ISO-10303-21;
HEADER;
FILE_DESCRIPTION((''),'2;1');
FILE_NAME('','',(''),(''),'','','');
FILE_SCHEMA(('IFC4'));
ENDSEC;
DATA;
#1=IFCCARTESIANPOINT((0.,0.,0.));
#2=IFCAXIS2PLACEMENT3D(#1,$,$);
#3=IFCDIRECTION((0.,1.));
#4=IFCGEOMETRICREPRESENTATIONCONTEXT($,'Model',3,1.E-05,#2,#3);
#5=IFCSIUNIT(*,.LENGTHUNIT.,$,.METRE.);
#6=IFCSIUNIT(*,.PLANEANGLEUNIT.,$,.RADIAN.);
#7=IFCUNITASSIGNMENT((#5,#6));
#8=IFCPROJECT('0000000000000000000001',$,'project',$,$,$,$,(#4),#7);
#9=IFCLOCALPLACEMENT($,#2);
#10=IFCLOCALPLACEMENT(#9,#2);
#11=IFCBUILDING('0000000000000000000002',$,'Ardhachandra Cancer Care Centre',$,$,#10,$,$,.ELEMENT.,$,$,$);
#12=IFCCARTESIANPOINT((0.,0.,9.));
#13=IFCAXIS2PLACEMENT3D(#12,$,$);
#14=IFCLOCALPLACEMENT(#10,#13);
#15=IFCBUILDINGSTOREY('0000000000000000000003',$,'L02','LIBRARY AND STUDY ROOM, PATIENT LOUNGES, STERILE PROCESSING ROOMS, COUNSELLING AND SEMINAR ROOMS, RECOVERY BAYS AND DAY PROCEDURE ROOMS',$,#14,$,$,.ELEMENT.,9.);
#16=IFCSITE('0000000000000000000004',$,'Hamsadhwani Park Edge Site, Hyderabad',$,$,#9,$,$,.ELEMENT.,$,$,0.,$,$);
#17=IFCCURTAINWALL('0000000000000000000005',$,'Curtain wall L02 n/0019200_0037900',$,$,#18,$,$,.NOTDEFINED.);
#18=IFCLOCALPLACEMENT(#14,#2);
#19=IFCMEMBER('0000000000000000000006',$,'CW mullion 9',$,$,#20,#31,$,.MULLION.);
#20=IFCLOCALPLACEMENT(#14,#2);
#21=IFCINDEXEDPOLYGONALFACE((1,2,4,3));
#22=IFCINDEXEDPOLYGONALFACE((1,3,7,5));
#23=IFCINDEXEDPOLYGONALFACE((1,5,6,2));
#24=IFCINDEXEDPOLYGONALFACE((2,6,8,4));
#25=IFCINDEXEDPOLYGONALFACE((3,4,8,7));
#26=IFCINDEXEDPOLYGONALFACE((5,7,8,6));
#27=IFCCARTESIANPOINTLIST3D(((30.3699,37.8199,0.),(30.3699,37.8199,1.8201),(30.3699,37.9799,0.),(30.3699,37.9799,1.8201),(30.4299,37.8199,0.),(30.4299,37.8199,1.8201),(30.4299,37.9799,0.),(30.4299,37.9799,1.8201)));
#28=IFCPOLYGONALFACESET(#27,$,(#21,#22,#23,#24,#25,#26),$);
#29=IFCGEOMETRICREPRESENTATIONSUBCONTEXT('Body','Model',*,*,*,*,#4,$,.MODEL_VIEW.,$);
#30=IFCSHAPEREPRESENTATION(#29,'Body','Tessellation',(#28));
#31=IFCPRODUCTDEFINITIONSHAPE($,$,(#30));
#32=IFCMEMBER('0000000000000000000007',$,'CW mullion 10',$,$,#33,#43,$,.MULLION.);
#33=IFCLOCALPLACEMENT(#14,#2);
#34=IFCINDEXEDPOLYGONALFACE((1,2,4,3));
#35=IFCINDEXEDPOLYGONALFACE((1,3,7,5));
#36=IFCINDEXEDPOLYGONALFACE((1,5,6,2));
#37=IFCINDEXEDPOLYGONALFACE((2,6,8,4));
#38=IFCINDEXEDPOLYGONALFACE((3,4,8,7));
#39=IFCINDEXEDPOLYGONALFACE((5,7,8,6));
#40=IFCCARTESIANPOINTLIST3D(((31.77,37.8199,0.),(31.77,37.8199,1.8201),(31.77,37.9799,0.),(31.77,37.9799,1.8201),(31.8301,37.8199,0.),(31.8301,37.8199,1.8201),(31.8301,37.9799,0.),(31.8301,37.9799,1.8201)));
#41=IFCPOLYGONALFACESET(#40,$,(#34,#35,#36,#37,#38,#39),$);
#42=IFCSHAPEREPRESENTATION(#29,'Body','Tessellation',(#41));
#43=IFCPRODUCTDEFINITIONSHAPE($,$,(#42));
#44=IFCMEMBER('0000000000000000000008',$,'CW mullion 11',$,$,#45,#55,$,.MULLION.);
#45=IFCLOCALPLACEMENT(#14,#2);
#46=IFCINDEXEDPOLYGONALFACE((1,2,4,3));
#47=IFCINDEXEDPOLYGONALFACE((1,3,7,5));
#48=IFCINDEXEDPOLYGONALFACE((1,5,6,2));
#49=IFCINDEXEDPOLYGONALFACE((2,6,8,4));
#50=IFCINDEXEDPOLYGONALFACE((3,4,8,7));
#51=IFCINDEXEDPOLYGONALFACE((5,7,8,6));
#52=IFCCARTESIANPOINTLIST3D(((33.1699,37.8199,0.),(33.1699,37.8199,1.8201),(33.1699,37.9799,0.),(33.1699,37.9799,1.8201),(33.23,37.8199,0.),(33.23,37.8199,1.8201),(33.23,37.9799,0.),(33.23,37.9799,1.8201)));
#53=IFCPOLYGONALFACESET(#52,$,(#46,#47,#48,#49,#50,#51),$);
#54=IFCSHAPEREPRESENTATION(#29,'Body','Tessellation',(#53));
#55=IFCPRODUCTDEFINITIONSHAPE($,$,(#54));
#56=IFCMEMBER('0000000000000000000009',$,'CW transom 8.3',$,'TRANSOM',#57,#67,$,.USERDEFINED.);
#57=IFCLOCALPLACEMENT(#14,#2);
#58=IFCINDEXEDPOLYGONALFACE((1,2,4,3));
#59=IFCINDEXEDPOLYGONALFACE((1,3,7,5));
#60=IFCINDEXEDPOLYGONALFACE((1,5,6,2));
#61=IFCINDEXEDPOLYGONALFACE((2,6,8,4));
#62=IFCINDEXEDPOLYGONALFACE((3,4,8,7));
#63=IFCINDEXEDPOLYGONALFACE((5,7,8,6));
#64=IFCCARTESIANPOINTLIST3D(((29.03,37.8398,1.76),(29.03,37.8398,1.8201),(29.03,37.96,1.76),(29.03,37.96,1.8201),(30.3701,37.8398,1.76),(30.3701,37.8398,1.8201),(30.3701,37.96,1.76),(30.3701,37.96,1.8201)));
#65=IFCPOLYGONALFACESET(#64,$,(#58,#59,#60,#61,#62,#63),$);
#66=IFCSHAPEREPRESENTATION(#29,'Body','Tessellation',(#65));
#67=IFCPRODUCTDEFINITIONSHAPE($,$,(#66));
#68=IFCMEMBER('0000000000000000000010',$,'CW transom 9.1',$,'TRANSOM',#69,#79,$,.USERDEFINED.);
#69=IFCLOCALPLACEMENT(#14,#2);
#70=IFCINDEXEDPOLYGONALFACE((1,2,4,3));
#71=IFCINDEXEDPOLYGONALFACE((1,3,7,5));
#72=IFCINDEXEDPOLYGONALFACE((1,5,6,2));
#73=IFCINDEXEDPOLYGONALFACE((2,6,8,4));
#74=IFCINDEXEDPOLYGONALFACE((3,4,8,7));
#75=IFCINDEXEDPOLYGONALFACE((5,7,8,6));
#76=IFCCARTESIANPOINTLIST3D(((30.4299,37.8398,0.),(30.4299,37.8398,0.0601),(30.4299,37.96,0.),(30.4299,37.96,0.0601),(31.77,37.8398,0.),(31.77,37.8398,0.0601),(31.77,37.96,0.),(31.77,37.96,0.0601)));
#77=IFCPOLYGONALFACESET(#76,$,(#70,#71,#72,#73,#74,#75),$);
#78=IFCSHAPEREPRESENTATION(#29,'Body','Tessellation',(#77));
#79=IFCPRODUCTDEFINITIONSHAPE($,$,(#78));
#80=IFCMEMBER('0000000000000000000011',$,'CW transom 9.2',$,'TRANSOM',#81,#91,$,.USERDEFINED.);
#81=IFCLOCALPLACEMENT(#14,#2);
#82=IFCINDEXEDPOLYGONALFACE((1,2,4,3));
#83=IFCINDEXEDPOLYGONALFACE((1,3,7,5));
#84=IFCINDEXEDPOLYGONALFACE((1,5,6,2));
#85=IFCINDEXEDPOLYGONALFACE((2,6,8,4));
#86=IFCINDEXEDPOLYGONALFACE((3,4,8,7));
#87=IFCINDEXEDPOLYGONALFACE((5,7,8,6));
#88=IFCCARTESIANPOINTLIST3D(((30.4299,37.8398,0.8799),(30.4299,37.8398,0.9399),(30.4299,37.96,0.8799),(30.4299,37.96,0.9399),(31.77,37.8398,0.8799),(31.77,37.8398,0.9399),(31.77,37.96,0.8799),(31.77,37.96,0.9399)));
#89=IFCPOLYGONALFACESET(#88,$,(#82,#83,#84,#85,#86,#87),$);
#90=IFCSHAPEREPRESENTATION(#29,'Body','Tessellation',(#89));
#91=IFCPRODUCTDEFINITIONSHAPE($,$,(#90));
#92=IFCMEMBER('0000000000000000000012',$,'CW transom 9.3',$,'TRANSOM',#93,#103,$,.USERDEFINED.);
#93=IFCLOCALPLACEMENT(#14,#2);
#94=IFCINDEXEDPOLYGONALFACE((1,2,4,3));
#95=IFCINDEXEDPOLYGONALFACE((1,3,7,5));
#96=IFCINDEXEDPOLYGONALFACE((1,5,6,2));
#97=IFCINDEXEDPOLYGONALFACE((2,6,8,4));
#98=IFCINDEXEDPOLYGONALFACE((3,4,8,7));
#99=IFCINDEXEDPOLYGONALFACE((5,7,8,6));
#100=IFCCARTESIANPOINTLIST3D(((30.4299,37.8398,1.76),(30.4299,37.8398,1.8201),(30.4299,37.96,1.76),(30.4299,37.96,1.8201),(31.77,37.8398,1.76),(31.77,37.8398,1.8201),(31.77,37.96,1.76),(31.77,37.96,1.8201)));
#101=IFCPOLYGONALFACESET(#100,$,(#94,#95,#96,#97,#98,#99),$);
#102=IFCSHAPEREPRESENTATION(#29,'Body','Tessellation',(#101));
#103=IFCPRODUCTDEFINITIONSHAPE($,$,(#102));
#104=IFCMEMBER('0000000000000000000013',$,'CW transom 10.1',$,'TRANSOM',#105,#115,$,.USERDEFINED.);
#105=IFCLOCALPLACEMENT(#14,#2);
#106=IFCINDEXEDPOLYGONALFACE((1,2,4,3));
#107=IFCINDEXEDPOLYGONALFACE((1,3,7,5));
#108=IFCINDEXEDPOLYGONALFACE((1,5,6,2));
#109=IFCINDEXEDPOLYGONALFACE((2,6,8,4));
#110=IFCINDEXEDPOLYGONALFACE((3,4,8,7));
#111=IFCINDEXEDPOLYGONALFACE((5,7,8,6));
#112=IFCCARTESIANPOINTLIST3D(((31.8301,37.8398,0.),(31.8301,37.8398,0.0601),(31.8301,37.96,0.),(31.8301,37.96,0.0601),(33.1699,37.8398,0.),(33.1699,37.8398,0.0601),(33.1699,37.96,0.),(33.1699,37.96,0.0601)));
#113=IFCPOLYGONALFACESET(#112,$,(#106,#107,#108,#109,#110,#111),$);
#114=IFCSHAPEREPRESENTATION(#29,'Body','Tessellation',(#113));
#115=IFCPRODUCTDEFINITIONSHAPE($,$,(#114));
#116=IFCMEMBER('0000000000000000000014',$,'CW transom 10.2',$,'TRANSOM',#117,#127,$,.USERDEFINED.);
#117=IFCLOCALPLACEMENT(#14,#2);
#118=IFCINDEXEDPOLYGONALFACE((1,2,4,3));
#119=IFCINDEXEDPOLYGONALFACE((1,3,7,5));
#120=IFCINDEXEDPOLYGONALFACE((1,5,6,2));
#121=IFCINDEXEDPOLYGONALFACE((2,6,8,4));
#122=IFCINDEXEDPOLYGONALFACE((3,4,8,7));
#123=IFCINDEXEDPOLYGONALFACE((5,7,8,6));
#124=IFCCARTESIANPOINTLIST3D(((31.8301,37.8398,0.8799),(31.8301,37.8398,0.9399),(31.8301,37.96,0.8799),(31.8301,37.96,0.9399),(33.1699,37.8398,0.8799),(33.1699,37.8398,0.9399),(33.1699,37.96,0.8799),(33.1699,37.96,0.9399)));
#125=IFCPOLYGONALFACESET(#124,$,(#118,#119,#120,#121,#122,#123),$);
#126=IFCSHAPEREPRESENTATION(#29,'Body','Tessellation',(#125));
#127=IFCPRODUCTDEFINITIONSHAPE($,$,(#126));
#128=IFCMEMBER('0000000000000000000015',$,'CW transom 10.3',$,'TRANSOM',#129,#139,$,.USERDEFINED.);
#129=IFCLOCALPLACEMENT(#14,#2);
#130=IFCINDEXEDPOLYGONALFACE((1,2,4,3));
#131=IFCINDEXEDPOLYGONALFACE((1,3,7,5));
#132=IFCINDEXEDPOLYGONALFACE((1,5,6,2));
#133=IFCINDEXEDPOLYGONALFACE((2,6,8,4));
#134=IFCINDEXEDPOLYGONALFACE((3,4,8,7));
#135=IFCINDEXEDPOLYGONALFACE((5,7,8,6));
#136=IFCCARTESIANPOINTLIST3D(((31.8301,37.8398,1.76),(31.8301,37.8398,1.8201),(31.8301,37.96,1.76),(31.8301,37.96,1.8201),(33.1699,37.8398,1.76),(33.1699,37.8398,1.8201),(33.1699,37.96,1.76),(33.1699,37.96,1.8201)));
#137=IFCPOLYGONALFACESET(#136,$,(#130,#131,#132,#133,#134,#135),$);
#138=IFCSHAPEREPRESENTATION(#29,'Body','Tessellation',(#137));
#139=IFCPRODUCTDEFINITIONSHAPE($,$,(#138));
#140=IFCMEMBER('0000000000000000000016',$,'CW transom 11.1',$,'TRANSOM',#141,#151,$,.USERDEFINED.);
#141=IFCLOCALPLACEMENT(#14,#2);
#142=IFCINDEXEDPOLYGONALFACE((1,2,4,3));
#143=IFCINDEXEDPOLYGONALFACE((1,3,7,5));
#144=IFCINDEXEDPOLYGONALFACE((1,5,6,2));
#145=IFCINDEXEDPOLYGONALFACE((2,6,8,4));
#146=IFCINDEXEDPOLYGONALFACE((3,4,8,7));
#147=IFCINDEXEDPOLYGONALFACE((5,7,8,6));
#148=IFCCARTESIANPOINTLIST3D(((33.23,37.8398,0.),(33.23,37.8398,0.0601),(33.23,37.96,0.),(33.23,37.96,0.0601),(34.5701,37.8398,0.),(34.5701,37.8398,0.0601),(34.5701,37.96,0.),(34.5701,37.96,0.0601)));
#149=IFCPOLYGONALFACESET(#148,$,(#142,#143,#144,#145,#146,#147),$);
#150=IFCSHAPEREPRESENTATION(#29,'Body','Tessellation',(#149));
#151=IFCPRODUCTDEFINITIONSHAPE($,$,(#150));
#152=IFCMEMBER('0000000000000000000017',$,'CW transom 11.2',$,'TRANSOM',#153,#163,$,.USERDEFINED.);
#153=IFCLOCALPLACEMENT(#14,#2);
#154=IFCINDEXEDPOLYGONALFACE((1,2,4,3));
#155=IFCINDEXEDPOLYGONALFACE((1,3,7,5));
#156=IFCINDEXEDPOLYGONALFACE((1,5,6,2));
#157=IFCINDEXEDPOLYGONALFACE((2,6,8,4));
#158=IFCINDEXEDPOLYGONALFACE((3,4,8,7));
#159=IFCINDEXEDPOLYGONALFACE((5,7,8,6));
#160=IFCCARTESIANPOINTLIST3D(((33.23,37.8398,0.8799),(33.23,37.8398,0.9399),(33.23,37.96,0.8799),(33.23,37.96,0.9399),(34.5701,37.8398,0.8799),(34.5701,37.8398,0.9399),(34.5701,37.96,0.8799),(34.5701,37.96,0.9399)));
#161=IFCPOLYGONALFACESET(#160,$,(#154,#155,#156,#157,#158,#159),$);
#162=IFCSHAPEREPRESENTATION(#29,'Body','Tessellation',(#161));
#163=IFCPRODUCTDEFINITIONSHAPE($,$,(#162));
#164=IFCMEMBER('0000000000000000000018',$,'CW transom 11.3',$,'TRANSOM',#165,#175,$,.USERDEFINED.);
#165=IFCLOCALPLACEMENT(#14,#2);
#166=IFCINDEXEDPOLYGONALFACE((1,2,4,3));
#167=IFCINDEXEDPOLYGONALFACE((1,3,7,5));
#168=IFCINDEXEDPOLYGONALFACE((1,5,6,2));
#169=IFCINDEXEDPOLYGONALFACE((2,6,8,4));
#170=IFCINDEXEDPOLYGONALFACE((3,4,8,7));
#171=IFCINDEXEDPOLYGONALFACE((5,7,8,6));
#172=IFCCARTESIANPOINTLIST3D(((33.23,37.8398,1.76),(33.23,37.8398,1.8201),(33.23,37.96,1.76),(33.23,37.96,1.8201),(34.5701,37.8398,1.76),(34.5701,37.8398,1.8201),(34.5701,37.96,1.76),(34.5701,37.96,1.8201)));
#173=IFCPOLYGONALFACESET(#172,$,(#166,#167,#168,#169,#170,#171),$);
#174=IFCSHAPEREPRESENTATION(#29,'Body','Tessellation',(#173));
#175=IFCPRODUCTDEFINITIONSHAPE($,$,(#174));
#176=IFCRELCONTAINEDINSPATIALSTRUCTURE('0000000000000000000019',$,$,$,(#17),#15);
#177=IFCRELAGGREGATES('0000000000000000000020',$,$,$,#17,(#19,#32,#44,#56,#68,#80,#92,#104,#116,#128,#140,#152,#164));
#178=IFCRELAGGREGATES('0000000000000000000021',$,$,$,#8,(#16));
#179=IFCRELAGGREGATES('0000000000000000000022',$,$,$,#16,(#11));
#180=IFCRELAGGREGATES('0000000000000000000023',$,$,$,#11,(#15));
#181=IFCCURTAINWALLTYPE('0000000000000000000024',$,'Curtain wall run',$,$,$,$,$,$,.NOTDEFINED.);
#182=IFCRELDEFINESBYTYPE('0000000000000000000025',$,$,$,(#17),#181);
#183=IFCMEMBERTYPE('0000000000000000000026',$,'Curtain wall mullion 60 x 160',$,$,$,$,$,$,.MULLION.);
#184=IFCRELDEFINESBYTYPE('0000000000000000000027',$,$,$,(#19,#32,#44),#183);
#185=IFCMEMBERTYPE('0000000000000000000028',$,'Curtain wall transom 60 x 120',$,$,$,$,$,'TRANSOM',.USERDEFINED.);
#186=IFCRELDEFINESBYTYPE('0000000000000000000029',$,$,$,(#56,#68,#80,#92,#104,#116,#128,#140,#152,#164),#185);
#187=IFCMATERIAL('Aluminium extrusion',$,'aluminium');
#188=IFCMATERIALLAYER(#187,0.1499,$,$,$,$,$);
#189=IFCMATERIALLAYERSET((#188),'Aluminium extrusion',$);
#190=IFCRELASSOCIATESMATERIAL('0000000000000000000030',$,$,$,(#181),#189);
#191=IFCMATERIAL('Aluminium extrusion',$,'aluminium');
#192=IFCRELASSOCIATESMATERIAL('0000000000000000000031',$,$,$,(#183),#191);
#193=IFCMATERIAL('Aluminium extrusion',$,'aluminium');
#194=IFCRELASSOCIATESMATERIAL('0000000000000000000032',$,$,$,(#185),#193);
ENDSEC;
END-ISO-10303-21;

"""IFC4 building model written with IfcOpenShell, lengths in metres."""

from ifc_helpers import new_model, si_unit, direction, frame, origin, origin_2d, place, context, subcontext, project, spatial, rectangle, extrude, material, layer, layer_set, material_profile, profile_set, type_object, element, aggregate, save


model = new_model("IFC4")

# Units and contexts
model_context = context("Model", 3, precision=1e-05, world=origin(), true_north=direction((0.0, 1.0)))
body_context = subcontext(model_context, "Body", "Model", "MODEL_VIEW")
ifc_project = project(units=[si_unit("LENGTHUNIT", "METRE"), si_unit("PLANEANGLEUNIT", "RADIAN")], contexts=[model_context])

# Site, building, storey
site_placement = place(None, origin())
site = spatial("IfcSite", under=ifc_project, at=site_placement, Name="Hamsadhwani Park Edge Site, Hyderabad", CompositionType="ELEMENT", RefElevation=0.0)
building_placement = place(site_placement, origin())
building = spatial("IfcBuilding", under=site, at=building_placement, Name="Ardhachandra Cancer Care Centre", CompositionType="ELEMENT")
storey_placement = place(building_placement, frame((0.0, 0.0, 9.0)))
storey = spatial("IfcBuildingStorey", under=building, at=storey_placement, Name="L02", Description="LIBRARY AND STUDY ROOM, PATIENT LOUNGES, STERILE PROCESSING ROOMS, COUNSELLING AND SEMINAR ROOMS, RECOVERY BAYS AND DAY PROCEDURE ROOMS", CompositionType="ELEMENT", Elevation=9.0)

# Curtain wall, members
ifc_material_1 = material(Name="Aluminium extrusion", Category="aluminium")
ifc_layer_1 = layer(ifc_material_1, 0.1499)
ifc_layer_set_1 = layer_set([ifc_layer_1], Name="Aluminium extrusion")
curtain_wall_type = type_object("IfcCurtainWallType", Name="Curtain wall run", PredefinedType="NOTDEFINED", material=ifc_layer_set_1)
curtain_wall_placement = place(storey_placement, origin())
curtain_wall = element("IfcCurtainWall", 1, at=curtain_wall_placement, inside=storey, type_object=curtain_wall_type, Name="Curtain wall L02 n/0019200_0037900", PredefinedType="NOTDEFINED")
ifc_material_2 = material(Name="Aluminium extrusion", Category="aluminium")
ifc_material_profile_1 = material_profile(ifc_material_2, rectangle(XDim=0.1599, YDim=0.0601, at=origin_2d()), Name="Curtain wall mullion 60 x 160")
ifc_profile_set_1 = profile_set([ifc_material_profile_1], Name="Aluminium extrusion")
member_type_1 = type_object("IfcMemberType", Name="Curtain wall mullion 60 x 160", PredefinedType="MULLION", material=ifc_profile_set_1)
member_1_placement = place(storey_placement, frame((30.3999, 37.8999, 0.0), z_axis=(0.0, 0.0, 1.0), x_axis=(0.0, 1.0, 0.0)))
member_1 = element("IfcMember", 2, at=member_1_placement, type_object=member_type_1, Name="CW mullion 9", PredefinedType="MULLION", context=body_context, shape_type="SweptSolid", body=[
    extrude(rectangle(XDim=0.1599, YDim=0.0601, at=origin_2d()), origin(), (0.0, 0.0, 1.0), 1.8201),
])
member_2_placement = place(storey_placement, frame((31.8, 37.8999, 0.0), z_axis=(0.0, 0.0, 1.0), x_axis=(0.0, 1.0, 0.0)))
member_2 = element("IfcMember", 3, at=member_2_placement, type_object=member_type_1, Name="CW mullion 10", PredefinedType="MULLION", context=body_context, shape_type="SweptSolid", body=[
    extrude(rectangle(XDim=0.1599, YDim=0.0601, at=origin_2d()), origin(), (0.0, 0.0, 1.0), 1.8201),
])
member_3_placement = place(storey_placement, frame((33.2, 37.8999, 0.0), z_axis=(0.0, 0.0, 1.0), x_axis=(0.0, 1.0, 0.0)))
member_3 = element("IfcMember", 4, at=member_3_placement, type_object=member_type_1, Name="CW mullion 11", PredefinedType="MULLION", context=body_context, shape_type="SweptSolid", body=[
    extrude(rectangle(XDim=0.1599, YDim=0.0601, at=origin_2d()), origin(), (0.0, 0.0, 1.0), 1.8201),
])
ifc_material_3 = material(Name="Aluminium extrusion", Category="aluminium")
ifc_material_profile_2 = material_profile(ifc_material_3, rectangle(XDim=0.1201, YDim=0.0601, at=origin_2d()), Name="Curtain wall transom 60 x 120")
ifc_profile_set_2 = profile_set([ifc_material_profile_2], Name="Aluminium extrusion")
member_type_2 = type_object("IfcMemberType", Name="Curtain wall transom 60 x 120", ElementType="TRANSOM", PredefinedType="USERDEFINED", material=ifc_profile_set_2)
member_4_placement = place(storey_placement, frame((29.03, 37.8999, 1.79), z_axis=(1.0, 0.0, 0.0), x_axis=(0.0, 1.0, 0.0)))
member_4 = element("IfcMember", 5, at=member_4_placement, type_object=member_type_2, Name="CW transom 8.3", ObjectType="TRANSOM", PredefinedType="USERDEFINED", context=body_context, shape_type="SweptSolid", body=[
    extrude(rectangle(XDim=0.1201, YDim=0.0601, at=origin_2d()), origin(), (0.0, 0.0, 1.0), 1.3401),
])
member_5_placement = place(storey_placement, frame((30.4299, 37.8999, 0.03), z_axis=(1.0, 0.0, 0.0), x_axis=(0.0, 1.0, 0.0)))
member_5 = element("IfcMember", 6, at=member_5_placement, type_object=member_type_2, Name="CW transom 9.1", ObjectType="TRANSOM", PredefinedType="USERDEFINED", context=body_context, shape_type="SweptSolid", body=[
    extrude(rectangle(XDim=0.1201, YDim=0.0601, at=origin_2d()), origin(), (0.0, 0.0, 1.0), 1.3401),
])
member_6_placement = place(storey_placement, frame((30.4299, 37.8999, 0.9099), z_axis=(1.0, 0.0, 0.0), x_axis=(0.0, 1.0, 0.0)))
member_6 = element("IfcMember", 7, at=member_6_placement, type_object=member_type_2, Name="CW transom 9.2", ObjectType="TRANSOM", PredefinedType="USERDEFINED", context=body_context, shape_type="SweptSolid", body=[
    extrude(rectangle(XDim=0.1201, YDim=0.0601, at=origin_2d()), origin(), (0.0, 0.0, 1.0), 1.3401),
])
member_7_placement = place(storey_placement, frame((30.4299, 37.8999, 1.79), z_axis=(1.0, 0.0, 0.0), x_axis=(0.0, 1.0, 0.0)))
member_7 = element("IfcMember", 8, at=member_7_placement, type_object=member_type_2, Name="CW transom 9.3", ObjectType="TRANSOM", PredefinedType="USERDEFINED", context=body_context, shape_type="SweptSolid", body=[
    extrude(rectangle(XDim=0.1201, YDim=0.0601, at=origin_2d()), origin(), (0.0, 0.0, 1.0), 1.3401),
])
member_8_placement = place(storey_placement, frame((31.8301, 37.8999, 0.03), z_axis=(1.0, 0.0, 0.0), x_axis=(0.0, 1.0, 0.0)))
member_8 = element("IfcMember", 9, at=member_8_placement, type_object=member_type_2, Name="CW transom 10.1", ObjectType="TRANSOM", PredefinedType="USERDEFINED", context=body_context, shape_type="SweptSolid", body=[
    extrude(rectangle(XDim=0.1201, YDim=0.0601, at=origin_2d()), origin(), (0.0, 0.0, 1.0), 1.3398),
])
member_9_placement = place(storey_placement, frame((31.8301, 37.8999, 0.9099), z_axis=(1.0, 0.0, 0.0), x_axis=(0.0, 1.0, 0.0)))
member_9 = element("IfcMember", 10, at=member_9_placement, type_object=member_type_2, Name="CW transom 10.2", ObjectType="TRANSOM", PredefinedType="USERDEFINED", context=body_context, shape_type="SweptSolid", body=[
    extrude(rectangle(XDim=0.1201, YDim=0.0601, at=origin_2d()), origin(), (0.0, 0.0, 1.0), 1.3398),
])
member_10_placement = place(storey_placement, frame((31.8301, 37.8999, 1.79), z_axis=(1.0, 0.0, 0.0), x_axis=(0.0, 1.0, 0.0)))
member_10 = element("IfcMember", 11, at=member_10_placement, type_object=member_type_2, Name="CW transom 10.3", ObjectType="TRANSOM", PredefinedType="USERDEFINED", context=body_context, shape_type="SweptSolid", body=[
    extrude(rectangle(XDim=0.1201, YDim=0.0601, at=origin_2d()), origin(), (0.0, 0.0, 1.0), 1.3398),
])
member_11_placement = place(storey_placement, frame((33.23, 37.8999, 0.03), z_axis=(1.0, 0.0, 0.0), x_axis=(0.0, 1.0, 0.0)))
member_11 = element("IfcMember", 12, at=member_11_placement, type_object=member_type_2, Name="CW transom 11.1", ObjectType="TRANSOM", PredefinedType="USERDEFINED", context=body_context, shape_type="SweptSolid", body=[
    extrude(rectangle(XDim=0.1201, YDim=0.0601, at=origin_2d()), origin(), (0.0, 0.0, 1.0), 1.3401),
])
member_12_placement = place(storey_placement, frame((33.23, 37.8999, 0.9099), z_axis=(1.0, 0.0, 0.0), x_axis=(0.0, 1.0, 0.0)))
member_12 = element("IfcMember", 13, at=member_12_placement, type_object=member_type_2, Name="CW transom 11.2", ObjectType="TRANSOM", PredefinedType="USERDEFINED", context=body_context, shape_type="SweptSolid", body=[
    extrude(rectangle(XDim=0.1201, YDim=0.0601, at=origin_2d()), origin(), (0.0, 0.0, 1.0), 1.3401),
])
member_13_placement = place(storey_placement, frame((33.23, 37.8999, 1.79), z_axis=(1.0, 0.0, 0.0), x_axis=(0.0, 1.0, 0.0)))
member_13 = element("IfcMember", 14, at=member_13_placement, type_object=member_type_2, Name="CW transom 11.3", ObjectType="TRANSOM", PredefinedType="USERDEFINED", context=body_context, shape_type="SweptSolid", body=[
    extrude(rectangle(XDim=0.1201, YDim=0.0601, at=origin_2d()), origin(), (0.0, 0.0, 1.0), 1.3401),
])

aggregate(curtain_wall, [member_1, member_2, member_3, member_4, member_5, member_6, member_7, member_8, member_9, member_10, member_11, member_12, member_13])

save(model, "model.ifc")
